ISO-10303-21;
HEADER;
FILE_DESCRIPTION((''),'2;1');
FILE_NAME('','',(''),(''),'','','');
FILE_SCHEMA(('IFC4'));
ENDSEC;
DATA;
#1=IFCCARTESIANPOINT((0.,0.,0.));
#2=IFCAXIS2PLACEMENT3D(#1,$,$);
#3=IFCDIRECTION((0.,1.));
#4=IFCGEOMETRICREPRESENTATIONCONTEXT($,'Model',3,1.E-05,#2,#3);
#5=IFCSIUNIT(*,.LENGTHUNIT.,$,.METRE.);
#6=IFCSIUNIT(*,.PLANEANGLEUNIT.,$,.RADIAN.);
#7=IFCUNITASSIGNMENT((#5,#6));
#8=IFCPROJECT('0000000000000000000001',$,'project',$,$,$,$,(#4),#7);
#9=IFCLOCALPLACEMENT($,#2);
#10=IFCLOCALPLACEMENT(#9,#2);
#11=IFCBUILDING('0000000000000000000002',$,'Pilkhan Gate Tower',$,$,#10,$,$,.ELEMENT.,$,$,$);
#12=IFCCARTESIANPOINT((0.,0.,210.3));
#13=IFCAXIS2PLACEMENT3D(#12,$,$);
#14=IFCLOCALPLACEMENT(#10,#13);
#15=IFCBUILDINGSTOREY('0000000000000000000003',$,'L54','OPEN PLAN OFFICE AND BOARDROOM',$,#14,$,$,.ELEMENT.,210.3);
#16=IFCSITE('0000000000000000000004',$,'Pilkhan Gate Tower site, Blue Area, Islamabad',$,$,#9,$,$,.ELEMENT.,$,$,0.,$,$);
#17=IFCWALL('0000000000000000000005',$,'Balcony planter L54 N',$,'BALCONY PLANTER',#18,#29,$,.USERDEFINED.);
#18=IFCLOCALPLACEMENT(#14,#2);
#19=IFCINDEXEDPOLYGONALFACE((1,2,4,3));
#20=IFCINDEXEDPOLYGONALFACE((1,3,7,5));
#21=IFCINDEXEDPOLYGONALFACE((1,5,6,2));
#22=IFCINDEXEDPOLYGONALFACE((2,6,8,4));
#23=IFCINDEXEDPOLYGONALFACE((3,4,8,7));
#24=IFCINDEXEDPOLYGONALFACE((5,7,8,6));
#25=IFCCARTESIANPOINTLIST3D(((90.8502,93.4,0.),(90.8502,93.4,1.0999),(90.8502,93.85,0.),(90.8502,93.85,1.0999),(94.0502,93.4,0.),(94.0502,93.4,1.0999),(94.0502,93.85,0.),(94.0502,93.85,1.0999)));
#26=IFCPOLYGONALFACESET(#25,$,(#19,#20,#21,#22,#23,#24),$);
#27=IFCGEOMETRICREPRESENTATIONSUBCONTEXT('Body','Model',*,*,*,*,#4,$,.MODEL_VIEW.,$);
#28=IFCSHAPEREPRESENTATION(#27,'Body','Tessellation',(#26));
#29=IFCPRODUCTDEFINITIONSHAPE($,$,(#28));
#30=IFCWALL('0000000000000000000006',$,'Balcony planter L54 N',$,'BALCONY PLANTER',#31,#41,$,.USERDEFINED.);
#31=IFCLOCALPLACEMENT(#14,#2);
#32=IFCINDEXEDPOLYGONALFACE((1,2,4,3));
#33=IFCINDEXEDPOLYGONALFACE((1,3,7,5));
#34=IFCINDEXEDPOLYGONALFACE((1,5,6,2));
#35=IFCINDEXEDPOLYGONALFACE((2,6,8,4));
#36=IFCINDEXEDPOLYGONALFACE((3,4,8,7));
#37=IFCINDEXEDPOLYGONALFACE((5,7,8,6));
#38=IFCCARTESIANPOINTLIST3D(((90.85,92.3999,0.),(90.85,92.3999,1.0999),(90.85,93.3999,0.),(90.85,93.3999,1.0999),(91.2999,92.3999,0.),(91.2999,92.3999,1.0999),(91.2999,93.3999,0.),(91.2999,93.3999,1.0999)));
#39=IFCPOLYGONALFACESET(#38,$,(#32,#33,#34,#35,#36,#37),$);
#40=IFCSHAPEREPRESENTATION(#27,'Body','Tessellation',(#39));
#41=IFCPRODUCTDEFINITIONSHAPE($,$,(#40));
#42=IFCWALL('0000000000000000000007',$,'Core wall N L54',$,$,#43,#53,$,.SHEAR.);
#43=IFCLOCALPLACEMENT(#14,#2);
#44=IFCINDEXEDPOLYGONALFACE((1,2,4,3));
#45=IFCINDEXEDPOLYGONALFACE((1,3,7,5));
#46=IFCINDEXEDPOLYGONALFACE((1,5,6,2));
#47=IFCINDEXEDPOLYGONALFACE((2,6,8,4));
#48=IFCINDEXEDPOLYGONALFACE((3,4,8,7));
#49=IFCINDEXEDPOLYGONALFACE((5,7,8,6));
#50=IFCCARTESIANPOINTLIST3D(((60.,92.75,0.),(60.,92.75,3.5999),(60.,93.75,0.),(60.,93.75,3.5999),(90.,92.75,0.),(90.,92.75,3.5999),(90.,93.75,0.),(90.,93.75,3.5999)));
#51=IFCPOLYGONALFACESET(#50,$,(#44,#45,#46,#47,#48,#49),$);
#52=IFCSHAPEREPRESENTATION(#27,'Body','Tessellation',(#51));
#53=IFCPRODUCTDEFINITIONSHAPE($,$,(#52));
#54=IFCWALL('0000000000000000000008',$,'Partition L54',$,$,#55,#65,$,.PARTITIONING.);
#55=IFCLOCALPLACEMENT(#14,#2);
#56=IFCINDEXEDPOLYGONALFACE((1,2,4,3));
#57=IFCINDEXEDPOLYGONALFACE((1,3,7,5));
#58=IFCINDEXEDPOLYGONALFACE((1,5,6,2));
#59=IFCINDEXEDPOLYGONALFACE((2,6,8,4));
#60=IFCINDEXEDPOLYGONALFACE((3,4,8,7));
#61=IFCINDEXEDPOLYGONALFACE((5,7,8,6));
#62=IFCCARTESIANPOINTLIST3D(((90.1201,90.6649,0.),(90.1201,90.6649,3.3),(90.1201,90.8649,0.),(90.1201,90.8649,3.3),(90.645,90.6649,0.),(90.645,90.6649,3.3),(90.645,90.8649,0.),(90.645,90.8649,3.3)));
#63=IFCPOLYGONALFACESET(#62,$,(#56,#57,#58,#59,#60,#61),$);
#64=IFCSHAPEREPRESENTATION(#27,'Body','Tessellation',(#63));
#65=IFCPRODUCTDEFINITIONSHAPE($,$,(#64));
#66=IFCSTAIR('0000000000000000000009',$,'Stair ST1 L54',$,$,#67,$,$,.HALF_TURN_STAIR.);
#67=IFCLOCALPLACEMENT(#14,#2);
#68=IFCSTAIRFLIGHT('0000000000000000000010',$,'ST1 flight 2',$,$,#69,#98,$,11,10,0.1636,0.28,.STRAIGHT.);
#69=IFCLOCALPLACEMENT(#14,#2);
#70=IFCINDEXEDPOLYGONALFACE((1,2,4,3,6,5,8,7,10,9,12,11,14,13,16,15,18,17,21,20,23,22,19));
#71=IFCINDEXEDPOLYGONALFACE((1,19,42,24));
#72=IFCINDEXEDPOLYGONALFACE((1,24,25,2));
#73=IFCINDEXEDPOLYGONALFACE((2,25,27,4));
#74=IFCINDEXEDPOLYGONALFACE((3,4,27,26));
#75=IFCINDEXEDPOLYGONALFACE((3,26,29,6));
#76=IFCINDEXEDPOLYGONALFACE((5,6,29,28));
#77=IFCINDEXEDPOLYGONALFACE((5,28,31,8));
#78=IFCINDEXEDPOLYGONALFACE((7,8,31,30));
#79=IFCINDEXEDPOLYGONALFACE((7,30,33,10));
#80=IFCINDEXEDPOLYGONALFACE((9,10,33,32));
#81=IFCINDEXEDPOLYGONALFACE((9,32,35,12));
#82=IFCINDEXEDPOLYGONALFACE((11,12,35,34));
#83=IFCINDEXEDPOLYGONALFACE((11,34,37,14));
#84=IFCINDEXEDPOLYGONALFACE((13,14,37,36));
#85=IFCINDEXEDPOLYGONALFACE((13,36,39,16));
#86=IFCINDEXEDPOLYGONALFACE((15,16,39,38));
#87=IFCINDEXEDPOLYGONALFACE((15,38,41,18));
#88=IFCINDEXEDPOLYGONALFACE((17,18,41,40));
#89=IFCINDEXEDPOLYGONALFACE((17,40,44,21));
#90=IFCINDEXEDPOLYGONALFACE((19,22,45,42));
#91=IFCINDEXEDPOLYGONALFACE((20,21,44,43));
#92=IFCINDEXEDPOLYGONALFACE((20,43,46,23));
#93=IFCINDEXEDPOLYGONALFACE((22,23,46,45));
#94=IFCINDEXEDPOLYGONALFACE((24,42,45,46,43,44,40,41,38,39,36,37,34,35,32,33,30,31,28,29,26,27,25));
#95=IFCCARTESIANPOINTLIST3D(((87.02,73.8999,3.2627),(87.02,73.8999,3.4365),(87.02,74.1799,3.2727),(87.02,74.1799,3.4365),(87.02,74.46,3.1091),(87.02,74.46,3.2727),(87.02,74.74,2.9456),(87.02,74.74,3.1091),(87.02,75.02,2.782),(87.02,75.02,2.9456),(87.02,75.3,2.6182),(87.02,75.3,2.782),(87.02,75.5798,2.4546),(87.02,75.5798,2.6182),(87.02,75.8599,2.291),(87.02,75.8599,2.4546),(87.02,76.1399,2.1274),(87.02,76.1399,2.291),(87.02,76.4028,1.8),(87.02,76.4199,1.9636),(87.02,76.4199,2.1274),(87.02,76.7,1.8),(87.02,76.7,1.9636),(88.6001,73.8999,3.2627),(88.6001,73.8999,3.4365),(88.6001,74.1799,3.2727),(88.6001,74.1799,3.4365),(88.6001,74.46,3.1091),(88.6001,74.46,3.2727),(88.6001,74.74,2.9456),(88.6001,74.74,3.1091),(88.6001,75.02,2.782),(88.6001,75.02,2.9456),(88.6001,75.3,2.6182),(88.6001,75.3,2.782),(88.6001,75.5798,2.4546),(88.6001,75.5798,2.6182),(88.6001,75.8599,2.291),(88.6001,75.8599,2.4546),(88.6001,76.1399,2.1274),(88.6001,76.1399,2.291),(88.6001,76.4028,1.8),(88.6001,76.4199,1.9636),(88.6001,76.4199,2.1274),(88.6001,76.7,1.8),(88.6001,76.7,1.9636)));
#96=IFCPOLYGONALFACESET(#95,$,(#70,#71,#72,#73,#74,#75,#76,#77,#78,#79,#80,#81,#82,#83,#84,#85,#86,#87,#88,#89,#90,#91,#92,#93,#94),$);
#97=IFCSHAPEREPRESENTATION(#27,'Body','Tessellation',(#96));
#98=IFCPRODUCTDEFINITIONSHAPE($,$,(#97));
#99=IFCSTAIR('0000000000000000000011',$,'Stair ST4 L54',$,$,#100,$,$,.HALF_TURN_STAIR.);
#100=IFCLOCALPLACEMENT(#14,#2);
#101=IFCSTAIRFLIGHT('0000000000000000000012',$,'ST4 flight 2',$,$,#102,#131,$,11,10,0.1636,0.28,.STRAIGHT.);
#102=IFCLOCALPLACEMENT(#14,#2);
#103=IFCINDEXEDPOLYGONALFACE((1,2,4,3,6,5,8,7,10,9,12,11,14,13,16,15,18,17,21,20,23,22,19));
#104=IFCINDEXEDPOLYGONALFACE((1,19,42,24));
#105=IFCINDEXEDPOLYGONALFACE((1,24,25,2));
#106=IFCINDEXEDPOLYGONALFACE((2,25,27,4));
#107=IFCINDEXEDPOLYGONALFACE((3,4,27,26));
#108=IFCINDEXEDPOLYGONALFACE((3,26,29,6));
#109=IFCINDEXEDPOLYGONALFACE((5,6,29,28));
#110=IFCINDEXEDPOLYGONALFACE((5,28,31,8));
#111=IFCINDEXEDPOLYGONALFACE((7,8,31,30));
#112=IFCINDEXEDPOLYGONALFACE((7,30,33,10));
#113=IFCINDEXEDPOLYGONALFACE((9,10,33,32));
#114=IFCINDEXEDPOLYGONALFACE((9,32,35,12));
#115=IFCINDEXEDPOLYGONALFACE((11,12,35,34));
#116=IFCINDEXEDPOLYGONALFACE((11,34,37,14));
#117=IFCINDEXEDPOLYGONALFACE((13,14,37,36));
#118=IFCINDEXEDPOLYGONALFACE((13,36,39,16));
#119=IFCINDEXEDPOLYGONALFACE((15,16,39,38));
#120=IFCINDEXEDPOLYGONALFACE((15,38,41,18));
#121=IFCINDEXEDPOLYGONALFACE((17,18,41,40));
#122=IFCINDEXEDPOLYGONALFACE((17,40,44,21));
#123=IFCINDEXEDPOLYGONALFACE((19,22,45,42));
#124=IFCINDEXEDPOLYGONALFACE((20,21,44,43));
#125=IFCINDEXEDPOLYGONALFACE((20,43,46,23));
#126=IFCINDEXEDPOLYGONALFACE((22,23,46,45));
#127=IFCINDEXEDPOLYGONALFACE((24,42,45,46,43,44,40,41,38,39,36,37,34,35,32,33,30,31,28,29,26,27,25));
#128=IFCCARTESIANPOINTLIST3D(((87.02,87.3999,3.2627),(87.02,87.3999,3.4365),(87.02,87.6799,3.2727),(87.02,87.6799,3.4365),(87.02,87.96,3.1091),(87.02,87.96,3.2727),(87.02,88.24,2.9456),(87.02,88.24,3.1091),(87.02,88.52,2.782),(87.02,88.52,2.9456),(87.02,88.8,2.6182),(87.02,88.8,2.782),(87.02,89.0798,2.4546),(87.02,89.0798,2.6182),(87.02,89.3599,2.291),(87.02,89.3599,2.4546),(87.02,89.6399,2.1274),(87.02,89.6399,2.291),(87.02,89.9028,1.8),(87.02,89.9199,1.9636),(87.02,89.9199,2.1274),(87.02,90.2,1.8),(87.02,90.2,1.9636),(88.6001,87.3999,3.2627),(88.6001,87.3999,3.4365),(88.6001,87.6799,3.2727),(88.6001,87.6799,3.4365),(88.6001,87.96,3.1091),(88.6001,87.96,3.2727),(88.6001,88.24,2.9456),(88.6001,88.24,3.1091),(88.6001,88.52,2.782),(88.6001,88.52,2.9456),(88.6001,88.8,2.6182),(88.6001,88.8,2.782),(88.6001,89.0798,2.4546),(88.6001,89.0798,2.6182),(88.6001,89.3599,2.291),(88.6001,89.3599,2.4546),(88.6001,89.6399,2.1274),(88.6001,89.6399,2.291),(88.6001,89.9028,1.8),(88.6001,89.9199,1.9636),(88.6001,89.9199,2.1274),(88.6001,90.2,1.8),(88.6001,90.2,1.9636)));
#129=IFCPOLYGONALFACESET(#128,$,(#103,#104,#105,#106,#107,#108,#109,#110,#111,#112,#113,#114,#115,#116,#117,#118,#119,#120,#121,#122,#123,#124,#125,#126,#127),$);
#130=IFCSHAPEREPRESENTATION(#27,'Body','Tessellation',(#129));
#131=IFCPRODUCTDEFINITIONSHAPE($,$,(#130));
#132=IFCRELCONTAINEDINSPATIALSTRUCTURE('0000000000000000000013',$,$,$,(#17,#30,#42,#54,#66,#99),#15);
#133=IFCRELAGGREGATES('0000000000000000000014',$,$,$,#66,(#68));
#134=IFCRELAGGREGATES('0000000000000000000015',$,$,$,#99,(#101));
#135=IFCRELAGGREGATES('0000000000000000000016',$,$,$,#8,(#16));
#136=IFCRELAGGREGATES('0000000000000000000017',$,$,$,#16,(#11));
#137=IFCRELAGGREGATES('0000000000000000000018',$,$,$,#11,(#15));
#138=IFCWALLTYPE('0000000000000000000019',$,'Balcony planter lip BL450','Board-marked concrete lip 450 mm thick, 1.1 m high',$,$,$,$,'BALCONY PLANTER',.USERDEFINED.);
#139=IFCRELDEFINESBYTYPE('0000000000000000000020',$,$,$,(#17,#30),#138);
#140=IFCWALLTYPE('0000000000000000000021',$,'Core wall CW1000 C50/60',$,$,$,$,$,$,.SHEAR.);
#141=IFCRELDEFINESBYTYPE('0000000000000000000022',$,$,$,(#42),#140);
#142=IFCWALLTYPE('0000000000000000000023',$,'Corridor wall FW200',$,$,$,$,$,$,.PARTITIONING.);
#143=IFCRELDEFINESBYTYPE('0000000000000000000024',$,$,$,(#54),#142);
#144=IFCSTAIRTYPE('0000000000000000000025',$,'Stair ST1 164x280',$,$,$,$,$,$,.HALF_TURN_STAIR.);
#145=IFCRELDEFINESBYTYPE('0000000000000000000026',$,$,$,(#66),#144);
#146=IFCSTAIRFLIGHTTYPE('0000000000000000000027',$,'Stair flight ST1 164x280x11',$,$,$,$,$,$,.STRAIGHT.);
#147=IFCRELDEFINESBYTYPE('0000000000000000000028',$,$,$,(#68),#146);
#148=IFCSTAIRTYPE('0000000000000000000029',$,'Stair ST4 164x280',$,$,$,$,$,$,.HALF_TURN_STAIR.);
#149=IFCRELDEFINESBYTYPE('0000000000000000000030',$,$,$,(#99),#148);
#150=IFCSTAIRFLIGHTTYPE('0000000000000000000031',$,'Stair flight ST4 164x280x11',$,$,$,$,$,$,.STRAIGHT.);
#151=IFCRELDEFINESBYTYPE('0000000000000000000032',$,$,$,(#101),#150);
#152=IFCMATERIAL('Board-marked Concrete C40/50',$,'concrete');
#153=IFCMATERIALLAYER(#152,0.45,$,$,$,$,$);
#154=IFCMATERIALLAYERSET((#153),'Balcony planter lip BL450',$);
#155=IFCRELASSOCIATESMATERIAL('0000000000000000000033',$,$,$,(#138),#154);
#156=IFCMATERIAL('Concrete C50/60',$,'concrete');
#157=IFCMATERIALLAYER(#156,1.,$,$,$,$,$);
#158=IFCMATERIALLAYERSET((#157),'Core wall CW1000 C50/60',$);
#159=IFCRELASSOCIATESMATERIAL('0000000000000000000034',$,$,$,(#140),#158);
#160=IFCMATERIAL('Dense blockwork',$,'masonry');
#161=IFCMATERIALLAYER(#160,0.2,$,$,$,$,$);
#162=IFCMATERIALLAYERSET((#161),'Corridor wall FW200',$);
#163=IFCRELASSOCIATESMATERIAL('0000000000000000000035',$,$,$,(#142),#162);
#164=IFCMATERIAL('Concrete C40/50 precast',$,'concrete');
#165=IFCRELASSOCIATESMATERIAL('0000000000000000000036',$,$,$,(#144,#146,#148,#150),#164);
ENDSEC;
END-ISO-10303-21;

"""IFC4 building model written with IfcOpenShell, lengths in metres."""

from ifc_helpers import new_model, si_unit, direction, frame, frame_2d, origin, place, context, subcontext, project, spatial, polyline, rectangle, outline, extrude, material, layer, layer_set, type_object, element, aggregate, save


model = new_model("IFC4")

# Units and contexts
model_context = context("Model", 3, precision=1e-05, world=origin(), true_north=direction((0.0, 1.0)))
body_context = subcontext(model_context, "Body", "Model", "MODEL_VIEW")
ifc_project = project(units=[si_unit("LENGTHUNIT", "METRE"), si_unit("PLANEANGLEUNIT", "RADIAN")], contexts=[model_context])

# Site, building, storey
site_placement = place(None, origin())
site = spatial("IfcSite", under=ifc_project, at=site_placement, Name="Pilkhan Gate Tower site, Blue Area, Islamabad", CompositionType="ELEMENT", RefElevation=0.0)
building_placement = place(site_placement, origin())
building = spatial("IfcBuilding", under=site, at=building_placement, Name="Pilkhan Gate Tower", CompositionType="ELEMENT")
storey_placement = place(building_placement, frame((0.0, 0.0, 210.3)))
storey = spatial("IfcBuildingStorey", under=building, at=storey_placement, Name="L54", Description="OPEN PLAN OFFICE AND BOARDROOM", CompositionType="ELEMENT", Elevation=210.3)

# Shared definitions
ifc_material_1 = material(Name="Concrete C50/60", Category="concrete")

# Walls
ifc_material_2 = material(Name="Board-marked Concrete C40/50", Category="concrete")
ifc_layer_1 = layer(ifc_material_2, 0.45)
ifc_layer_set_1 = layer_set([ifc_layer_1], Name="Balcony planter lip BL450")
wall_type_1 = type_object("IfcWallType", Name="Balcony planter lip BL450", Description="Board-marked concrete lip 450 mm thick, 1.1 m high", ElementType="BALCONY PLANTER", PredefinedType="USERDEFINED", material=ifc_layer_set_1)
wall_1_placement = place(storey_placement, frame((90.8501, 93.625, 0.0), z_axis=(0.0, 0.0, 1.0), x_axis=(1.0, 0.0, 0.0)))
element("IfcWall", 1, at=wall_1_placement, inside=storey, type_object=wall_type_1, Name="Balcony planter L54 N", ObjectType="BALCONY PLANTER", PredefinedType="USERDEFINED", context=body_context, shape_type="SweptSolid", body=[
    extrude(rectangle(XDim=3.2, YDim=0.45, at=frame_2d((1.6001, 0.0))), origin(), (0.0, 0.0, 1.0), 1.0999),
])
wall_2_placement = place(storey_placement, frame((91.075, 92.3999, 0.0), z_axis=(0.0, 0.0, 1.0), x_axis=(0.0, 1.0, 0.0)))
element("IfcWall", 2, at=wall_2_placement, inside=storey, type_object=wall_type_1, Name="Balcony planter L54 N", ObjectType="BALCONY PLANTER", PredefinedType="USERDEFINED", context=body_context, shape_type="SweptSolid", body=[
    extrude(rectangle(XDim=1.0, YDim=0.45, at=frame_2d((0.5, 0.0))), origin(), (0.0, 0.0, 1.0), 1.0999),
])
ifc_layer_2 = layer(ifc_material_1, 1.0)
ifc_layer_set_2 = layer_set([ifc_layer_2], Name="Core wall CW1000 C50/60")
wall_type_2 = type_object("IfcWallType", Name="Core wall CW1000 C50/60", PredefinedType="SHEAR", material=ifc_layer_set_2)
wall_3_placement = place(storey_placement, frame((90.0, 93.25, 0.0), z_axis=(0.0, 0.0, 1.0), x_axis=(-1.0, 0.0, 0.0)))
element("IfcWall", 3, at=wall_3_placement, inside=storey, type_object=wall_type_2, Name="Core wall N L54", PredefinedType="SHEAR", context=body_context, shape_type="SweptSolid", body=[
    extrude(rectangle(XDim=30.0, YDim=1.0, at=frame_2d((15.0, 0.0))), origin(), (0.0, 0.0, 1.0), 3.5999),
])
ifc_material_3 = material(Name="Dense blockwork", Category="masonry")
ifc_layer_3 = layer(ifc_material_3, 0.2)
ifc_layer_set_3 = layer_set([ifc_layer_3], Name="Corridor wall FW200")
wall_type_3 = type_object("IfcWallType", Name="Corridor wall FW200", PredefinedType="PARTITIONING", material=ifc_layer_set_3)
wall_4_placement = place(storey_placement, frame((90.1201, 90.7649, 0.0), z_axis=(0.0, 0.0, 1.0), x_axis=(1.0, 0.0, 0.0)))
element("IfcWall", 4, at=wall_4_placement, inside=storey, type_object=wall_type_3, Name="Partition L54", PredefinedType="PARTITIONING", context=body_context, shape_type="SweptSolid", body=[
    extrude(rectangle(XDim=0.5249, YDim=0.2, at=frame_2d((0.2625, 0.0))), origin(), (0.0, 0.0, 1.0), 3.3),
])

# Stairs, stair flights
ifc_material_4 = material(Name="Concrete C40/50 precast", Category="concrete")
stair_type_1 = type_object("IfcStairType", Name="Stair ST1 164x280", PredefinedType="HALF_TURN_STAIR", material=ifc_material_4)
stair_1_placement = place(storey_placement, origin())
stair_1 = element("IfcStair", 5, at=stair_1_placement, inside=storey, type_object=stair_type_1, Name="Stair ST1 L54", PredefinedType="HALF_TURN_STAIR")
stair_flight_type_1 = type_object("IfcStairFlightType", Name="Stair flight ST1 164x280x11", PredefinedType="STRAIGHT", material=ifc_material_4)
stair_flight_1_placement = place(storey_placement, frame((87.8101, 76.7, 1.8), z_axis=(0.0, 0.0, 1.0), x_axis=(0.0, -1.0, 0.0)))
stair_flight_1 = element("IfcStairFlight", 6, at=stair_flight_1_placement, type_object=stair_flight_type_1, Name="ST1 flight 2", NumberOfRisers=11, NumberOfTreads=10, PredefinedType="STRAIGHT", RiserHeight=0.1636, TreadLength=0.28, context=body_context, shape_type="SweptSolid", body=[
    extrude(outline(polyline([(0.0, 0.0), (0.0, 0.1636), (0.28, 0.1636), (0.28, 0.3274), (0.5601, 0.3274), (0.5601, 0.491), (0.8401, 0.491), (0.8401, 0.6545), (1.1201, 0.6545), (1.1201, 0.8181), (1.3999, 0.8181), (1.3999, 0.9819), (1.6799, 0.9819), (1.6799, 1.1455), (1.96, 1.1455), (1.96, 1.3091), (2.24, 1.3091), (2.24, 1.4727), (2.52, 1.4727), (2.52, 1.6365), (2.8, 1.6365), (2.8, 1.8), (2.8, 1.4626), (0.2971, 0.0), (0.0, 0.0)])), frame((0.0, 0.79, 0.0), z_axis=(0.0, -1.0, 0.0), x_axis=(1.0, 0.0, 0.0)), (0.0, 0.0, 1.0), 1.5801),
])
aggregate(stair_1, [stair_flight_1])
stair_type_2 = type_object("IfcStairType", Name="Stair ST4 164x280", PredefinedType="HALF_TURN_STAIR", material=ifc_material_4)
stair_2_placement = place(storey_placement, origin())
stair_2 = element("IfcStair", 7, at=stair_2_placement, inside=storey, type_object=stair_type_2, Name="Stair ST4 L54", PredefinedType="HALF_TURN_STAIR")
stair_flight_type_2 = type_object("IfcStairFlightType", Name="Stair flight ST4 164x280x11", PredefinedType="STRAIGHT", material=ifc_material_4)
stair_flight_2_placement = place(storey_placement, frame((87.8101, 90.2, 1.8), z_axis=(0.0, 0.0, 1.0), x_axis=(0.0, -1.0, 0.0)))
stair_flight_2 = element("IfcStairFlight", 8, at=stair_flight_2_placement, type_object=stair_flight_type_2, Name="ST4 flight 2", NumberOfRisers=11, NumberOfTreads=10, PredefinedType="STRAIGHT", RiserHeight=0.1636, TreadLength=0.28, context=body_context, shape_type="SweptSolid", body=[
    extrude(outline(polyline([(0.0, 0.0), (0.0, 0.1636), (0.28, 0.1636), (0.28, 0.3274), (0.5601, 0.3274), (0.5601, 0.491), (0.8401, 0.491), (0.8401, 0.6545), (1.1201, 0.6545), (1.1201, 0.8181), (1.3999, 0.8181), (1.3999, 0.9819), (1.6799, 0.9819), (1.6799, 1.1455), (1.96, 1.1455), (1.96, 1.3091), (2.24, 1.3091), (2.24, 1.4727), (2.52, 1.4727), (2.52, 1.6365), (2.8, 1.6365), (2.8, 1.8), (2.8, 1.4626), (0.2971, 0.0), (0.0, 0.0)])), frame((0.0, 0.79, 0.0), z_axis=(0.0, -1.0, 0.0), x_axis=(1.0, 0.0, 0.0)), (0.0, 0.0, 1.0), 1.5801),
])
aggregate(stair_2, [stair_flight_2])

save(model, "model.ifc")
